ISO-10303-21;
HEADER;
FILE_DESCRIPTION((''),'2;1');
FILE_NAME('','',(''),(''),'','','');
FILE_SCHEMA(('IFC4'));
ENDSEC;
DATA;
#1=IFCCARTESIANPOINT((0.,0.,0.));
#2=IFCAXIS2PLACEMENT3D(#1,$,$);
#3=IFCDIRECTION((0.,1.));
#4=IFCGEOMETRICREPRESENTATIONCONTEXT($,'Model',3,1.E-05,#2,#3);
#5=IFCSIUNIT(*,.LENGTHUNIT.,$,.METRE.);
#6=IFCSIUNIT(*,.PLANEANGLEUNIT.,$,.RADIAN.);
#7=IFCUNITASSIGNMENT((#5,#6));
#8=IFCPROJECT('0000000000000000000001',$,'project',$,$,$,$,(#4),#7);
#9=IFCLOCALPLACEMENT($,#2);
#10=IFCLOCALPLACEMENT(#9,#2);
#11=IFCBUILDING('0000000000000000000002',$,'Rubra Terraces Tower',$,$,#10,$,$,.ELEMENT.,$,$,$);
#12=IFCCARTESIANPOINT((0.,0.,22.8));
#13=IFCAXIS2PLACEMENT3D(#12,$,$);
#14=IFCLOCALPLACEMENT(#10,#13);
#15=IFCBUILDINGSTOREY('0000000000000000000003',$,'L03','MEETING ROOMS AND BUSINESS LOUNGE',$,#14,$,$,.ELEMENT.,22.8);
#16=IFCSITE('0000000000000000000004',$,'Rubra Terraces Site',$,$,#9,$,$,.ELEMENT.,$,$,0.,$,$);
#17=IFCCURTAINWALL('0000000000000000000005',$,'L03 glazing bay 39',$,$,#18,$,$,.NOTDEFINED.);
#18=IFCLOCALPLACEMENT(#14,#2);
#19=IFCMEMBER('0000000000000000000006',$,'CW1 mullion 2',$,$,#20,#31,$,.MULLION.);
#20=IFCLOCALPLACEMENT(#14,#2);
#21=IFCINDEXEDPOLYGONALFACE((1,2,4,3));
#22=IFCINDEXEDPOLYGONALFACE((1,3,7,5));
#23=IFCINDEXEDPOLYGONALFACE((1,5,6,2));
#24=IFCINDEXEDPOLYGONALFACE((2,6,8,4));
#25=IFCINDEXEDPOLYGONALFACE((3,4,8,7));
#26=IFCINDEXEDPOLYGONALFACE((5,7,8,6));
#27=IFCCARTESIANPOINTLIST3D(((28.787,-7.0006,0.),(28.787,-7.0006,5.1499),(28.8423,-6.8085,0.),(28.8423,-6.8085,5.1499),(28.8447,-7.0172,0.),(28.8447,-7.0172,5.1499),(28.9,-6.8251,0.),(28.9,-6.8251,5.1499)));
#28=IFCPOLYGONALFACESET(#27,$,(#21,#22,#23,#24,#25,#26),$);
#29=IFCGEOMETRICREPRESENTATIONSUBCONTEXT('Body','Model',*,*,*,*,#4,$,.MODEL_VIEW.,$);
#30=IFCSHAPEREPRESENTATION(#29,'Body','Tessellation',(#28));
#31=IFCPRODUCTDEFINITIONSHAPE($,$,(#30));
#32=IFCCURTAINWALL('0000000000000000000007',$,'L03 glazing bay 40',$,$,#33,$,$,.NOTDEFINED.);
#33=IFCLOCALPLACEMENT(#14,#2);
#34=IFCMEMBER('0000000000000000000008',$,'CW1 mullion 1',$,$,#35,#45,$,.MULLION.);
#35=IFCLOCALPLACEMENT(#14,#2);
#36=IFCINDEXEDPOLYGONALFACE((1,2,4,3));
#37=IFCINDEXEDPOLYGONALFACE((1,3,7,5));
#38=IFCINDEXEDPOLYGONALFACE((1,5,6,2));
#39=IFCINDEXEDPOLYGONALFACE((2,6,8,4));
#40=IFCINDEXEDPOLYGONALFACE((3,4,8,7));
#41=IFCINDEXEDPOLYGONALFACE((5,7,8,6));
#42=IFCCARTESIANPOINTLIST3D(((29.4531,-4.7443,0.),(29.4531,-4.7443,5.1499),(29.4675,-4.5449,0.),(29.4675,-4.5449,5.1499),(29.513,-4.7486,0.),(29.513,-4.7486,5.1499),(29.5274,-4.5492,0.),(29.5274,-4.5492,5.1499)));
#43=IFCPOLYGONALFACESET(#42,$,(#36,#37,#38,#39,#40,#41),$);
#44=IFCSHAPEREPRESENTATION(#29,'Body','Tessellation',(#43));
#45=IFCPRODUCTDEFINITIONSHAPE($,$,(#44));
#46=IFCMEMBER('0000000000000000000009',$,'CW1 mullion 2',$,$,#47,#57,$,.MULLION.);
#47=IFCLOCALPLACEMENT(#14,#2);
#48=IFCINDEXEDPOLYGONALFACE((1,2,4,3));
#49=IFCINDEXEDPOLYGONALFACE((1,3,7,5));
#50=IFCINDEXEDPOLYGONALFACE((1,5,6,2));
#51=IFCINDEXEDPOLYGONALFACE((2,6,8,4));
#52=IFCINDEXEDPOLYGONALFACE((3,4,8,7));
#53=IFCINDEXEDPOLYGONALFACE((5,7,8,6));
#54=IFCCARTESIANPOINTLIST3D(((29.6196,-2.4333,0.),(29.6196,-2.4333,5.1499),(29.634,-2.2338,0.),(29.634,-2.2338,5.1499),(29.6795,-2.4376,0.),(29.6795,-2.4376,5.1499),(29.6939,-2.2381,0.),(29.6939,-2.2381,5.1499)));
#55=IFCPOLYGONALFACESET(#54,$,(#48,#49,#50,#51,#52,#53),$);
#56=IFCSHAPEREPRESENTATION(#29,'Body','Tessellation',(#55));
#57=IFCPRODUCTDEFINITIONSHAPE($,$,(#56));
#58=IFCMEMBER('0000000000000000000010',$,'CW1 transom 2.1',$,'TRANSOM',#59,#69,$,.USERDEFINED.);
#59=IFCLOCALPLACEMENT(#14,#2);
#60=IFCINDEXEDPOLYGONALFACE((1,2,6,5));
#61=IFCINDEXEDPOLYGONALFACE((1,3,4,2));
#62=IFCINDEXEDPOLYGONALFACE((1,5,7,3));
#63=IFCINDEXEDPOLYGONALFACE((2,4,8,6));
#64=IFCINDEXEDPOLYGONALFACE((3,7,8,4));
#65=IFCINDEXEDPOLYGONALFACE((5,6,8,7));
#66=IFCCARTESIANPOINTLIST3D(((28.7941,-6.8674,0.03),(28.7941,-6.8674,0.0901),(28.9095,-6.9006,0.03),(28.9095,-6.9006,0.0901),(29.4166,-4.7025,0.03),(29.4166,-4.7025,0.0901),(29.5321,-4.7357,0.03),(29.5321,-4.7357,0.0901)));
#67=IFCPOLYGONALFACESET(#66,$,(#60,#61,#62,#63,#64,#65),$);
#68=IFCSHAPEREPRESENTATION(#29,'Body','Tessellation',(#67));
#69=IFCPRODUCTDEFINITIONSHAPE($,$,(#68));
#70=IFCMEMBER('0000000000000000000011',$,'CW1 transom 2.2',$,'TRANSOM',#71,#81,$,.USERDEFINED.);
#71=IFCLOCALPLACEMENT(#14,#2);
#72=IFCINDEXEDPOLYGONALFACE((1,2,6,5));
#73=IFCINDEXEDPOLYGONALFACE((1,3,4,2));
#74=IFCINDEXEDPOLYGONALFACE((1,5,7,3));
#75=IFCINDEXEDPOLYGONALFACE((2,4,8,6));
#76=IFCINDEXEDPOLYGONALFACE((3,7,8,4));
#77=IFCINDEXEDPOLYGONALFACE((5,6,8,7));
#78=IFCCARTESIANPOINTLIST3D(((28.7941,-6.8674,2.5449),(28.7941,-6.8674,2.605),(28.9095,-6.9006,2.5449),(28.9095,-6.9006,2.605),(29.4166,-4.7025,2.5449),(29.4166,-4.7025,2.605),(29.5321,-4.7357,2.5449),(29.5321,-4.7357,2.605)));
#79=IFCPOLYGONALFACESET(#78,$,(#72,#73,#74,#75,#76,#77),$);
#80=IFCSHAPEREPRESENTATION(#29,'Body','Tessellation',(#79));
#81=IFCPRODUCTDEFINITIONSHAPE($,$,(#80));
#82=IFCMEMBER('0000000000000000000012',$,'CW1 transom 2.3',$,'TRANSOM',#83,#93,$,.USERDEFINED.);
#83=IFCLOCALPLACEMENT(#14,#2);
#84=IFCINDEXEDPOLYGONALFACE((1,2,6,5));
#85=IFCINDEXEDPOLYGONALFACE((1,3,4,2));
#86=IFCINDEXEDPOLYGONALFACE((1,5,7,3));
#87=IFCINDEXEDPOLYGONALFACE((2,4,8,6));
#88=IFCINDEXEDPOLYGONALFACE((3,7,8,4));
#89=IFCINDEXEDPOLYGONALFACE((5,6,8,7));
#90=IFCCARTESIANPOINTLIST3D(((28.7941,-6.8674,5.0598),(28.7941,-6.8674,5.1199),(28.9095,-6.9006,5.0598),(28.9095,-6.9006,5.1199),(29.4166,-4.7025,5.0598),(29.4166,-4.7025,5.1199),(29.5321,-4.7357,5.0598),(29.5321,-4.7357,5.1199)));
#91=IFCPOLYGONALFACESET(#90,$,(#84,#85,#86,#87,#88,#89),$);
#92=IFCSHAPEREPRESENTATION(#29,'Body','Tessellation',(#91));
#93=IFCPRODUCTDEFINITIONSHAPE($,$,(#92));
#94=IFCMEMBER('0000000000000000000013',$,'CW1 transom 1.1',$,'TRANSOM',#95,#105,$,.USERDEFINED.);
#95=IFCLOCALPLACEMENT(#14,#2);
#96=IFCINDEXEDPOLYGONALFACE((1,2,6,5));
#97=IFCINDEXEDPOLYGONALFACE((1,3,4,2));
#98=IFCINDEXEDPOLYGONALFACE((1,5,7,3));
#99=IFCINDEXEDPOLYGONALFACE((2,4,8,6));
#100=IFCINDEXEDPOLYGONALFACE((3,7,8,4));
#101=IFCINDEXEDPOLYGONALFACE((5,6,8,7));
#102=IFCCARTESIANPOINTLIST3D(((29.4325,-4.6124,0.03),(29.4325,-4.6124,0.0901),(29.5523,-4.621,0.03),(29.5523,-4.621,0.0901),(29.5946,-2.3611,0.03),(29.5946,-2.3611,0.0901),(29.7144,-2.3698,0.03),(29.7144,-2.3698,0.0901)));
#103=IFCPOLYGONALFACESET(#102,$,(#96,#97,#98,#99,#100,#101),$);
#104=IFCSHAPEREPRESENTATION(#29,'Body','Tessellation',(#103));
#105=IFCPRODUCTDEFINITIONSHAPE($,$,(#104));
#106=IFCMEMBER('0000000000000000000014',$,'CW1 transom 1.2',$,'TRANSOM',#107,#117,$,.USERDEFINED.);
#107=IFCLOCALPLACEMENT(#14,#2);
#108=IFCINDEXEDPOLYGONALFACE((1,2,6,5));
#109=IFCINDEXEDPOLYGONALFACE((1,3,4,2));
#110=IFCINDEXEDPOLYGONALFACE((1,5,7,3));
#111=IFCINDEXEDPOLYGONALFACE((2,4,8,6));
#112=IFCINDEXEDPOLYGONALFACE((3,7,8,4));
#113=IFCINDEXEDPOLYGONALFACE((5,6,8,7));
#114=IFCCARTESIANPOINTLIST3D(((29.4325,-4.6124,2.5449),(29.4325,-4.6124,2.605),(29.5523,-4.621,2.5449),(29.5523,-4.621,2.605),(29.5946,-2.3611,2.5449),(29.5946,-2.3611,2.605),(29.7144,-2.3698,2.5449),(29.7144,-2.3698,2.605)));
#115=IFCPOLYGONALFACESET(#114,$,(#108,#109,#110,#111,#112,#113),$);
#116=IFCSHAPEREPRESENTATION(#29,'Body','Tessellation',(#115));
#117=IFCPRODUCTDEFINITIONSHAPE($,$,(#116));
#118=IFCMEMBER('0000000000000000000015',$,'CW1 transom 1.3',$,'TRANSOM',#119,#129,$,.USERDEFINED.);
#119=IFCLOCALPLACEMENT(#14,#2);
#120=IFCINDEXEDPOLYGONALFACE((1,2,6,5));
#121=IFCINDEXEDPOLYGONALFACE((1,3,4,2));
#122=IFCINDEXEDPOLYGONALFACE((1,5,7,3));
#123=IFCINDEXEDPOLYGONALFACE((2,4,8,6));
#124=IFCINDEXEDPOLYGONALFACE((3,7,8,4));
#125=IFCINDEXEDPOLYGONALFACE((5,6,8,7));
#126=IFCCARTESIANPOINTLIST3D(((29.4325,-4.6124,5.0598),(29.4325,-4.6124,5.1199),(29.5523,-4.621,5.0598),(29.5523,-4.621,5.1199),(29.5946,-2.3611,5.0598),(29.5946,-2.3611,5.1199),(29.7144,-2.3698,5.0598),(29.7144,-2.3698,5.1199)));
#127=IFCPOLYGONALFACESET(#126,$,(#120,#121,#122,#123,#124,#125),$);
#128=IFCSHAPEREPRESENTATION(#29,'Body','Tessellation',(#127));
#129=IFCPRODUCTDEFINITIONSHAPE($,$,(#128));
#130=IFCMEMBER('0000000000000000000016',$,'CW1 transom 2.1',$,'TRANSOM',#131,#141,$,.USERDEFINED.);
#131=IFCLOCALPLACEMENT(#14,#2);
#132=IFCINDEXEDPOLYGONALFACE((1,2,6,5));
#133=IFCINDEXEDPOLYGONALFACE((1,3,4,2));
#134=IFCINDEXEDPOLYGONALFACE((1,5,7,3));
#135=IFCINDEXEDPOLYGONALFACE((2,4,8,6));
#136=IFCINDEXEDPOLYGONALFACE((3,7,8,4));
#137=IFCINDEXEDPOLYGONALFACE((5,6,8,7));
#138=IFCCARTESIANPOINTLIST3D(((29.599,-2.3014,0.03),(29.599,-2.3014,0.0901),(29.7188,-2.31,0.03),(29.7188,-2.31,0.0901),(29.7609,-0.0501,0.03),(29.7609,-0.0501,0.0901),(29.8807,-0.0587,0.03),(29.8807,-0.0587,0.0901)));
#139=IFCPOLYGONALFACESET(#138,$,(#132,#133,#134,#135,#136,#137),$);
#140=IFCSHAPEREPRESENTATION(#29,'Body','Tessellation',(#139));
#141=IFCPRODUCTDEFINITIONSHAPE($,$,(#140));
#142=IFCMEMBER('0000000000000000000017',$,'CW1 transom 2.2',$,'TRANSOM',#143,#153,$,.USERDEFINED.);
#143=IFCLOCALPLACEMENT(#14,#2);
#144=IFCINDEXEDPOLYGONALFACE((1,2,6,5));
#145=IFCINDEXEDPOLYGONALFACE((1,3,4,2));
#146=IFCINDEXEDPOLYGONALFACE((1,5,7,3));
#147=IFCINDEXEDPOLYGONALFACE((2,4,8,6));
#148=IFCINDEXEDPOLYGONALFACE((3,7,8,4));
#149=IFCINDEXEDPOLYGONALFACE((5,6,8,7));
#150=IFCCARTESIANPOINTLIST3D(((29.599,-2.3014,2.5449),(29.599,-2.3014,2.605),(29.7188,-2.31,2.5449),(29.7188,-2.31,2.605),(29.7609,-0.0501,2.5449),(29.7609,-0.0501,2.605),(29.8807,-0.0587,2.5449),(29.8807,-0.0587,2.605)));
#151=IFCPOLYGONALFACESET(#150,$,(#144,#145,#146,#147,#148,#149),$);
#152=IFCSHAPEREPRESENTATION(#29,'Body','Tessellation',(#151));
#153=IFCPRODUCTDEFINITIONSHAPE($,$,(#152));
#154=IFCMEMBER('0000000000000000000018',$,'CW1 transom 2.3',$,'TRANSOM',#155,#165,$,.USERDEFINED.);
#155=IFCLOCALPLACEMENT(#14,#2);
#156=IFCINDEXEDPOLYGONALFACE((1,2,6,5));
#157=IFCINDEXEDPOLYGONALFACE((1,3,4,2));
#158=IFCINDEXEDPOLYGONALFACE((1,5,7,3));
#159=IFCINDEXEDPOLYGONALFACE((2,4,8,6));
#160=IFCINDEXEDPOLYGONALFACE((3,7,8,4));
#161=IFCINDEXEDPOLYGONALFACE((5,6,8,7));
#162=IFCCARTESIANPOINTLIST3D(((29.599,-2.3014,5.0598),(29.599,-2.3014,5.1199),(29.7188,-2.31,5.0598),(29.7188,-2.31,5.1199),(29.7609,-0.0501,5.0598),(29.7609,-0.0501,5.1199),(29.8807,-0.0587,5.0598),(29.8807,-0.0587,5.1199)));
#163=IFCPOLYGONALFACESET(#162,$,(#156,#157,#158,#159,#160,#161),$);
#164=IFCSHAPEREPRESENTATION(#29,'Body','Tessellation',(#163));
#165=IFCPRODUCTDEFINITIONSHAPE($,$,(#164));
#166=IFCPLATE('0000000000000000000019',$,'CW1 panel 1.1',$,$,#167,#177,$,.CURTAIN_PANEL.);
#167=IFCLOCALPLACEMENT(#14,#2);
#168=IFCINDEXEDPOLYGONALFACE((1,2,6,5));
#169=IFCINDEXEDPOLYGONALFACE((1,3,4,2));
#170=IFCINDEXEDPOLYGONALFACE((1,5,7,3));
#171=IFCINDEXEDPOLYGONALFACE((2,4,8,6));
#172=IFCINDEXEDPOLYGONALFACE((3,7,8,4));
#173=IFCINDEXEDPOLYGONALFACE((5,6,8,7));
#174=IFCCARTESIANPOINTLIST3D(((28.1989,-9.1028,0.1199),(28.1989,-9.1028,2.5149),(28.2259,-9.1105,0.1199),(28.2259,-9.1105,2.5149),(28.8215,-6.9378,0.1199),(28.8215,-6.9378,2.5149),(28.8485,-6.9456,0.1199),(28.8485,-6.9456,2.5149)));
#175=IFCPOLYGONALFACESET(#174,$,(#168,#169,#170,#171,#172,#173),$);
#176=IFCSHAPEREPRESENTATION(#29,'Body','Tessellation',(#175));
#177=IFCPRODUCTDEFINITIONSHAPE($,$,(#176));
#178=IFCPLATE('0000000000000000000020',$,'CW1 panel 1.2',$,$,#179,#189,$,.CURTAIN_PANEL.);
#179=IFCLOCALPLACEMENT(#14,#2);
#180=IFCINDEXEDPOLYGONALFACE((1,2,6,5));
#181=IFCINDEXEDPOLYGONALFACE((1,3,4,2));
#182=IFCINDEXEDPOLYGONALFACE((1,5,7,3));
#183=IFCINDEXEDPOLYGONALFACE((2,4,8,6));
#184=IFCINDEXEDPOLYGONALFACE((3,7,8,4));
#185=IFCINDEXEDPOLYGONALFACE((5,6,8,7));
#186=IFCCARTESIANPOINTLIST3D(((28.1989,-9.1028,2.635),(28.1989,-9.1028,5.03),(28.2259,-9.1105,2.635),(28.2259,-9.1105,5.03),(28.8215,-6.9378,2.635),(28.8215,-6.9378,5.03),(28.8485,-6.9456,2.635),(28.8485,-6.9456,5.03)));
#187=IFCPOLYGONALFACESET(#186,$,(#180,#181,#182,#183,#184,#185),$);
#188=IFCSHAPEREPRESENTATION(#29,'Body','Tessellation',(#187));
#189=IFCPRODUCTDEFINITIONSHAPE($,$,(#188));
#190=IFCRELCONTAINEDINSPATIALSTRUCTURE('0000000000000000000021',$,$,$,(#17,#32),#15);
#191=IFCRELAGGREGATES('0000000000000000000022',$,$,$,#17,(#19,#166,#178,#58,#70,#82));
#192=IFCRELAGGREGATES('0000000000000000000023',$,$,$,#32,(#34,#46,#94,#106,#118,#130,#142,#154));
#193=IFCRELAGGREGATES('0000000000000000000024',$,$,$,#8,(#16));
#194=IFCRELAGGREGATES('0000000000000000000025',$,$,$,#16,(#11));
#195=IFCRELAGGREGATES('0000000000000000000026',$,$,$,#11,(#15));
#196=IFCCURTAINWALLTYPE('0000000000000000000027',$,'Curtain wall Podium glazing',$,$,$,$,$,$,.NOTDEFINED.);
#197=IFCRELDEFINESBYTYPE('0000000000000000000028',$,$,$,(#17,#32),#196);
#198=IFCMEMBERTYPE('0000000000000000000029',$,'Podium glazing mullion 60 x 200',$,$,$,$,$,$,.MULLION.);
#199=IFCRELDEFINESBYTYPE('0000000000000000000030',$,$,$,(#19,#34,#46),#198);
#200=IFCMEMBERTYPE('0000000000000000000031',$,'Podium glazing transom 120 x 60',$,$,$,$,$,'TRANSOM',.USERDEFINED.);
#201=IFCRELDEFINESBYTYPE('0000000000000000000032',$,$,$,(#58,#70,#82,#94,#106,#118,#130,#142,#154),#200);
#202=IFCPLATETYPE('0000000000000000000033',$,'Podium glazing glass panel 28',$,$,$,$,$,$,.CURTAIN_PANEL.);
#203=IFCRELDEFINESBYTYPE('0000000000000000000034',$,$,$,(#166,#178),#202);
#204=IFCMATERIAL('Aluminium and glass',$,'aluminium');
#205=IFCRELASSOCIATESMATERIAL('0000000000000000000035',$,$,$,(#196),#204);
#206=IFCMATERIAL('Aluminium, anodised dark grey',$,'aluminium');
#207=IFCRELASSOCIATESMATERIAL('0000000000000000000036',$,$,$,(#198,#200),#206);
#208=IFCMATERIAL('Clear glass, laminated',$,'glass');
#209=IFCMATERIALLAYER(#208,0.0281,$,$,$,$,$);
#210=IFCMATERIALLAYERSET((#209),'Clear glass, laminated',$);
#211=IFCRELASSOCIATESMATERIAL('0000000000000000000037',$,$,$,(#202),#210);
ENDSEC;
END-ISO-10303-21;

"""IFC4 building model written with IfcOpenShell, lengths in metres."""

from ifc_helpers import new_model, si_unit, direction, frame, origin, origin_2d, place, context, subcontext, project, spatial, rectangle, extrude, material, layer, layer_set, material_profile, profile_set, type_object, element, aggregate, save


model = new_model("IFC4")

# Units and contexts
model_context = context("Model", 3, precision=1e-05, world=origin(), true_north=direction((0.0, 1.0)))
body_context = subcontext(model_context, "Body", "Model", "MODEL_VIEW")
ifc_project = project(units=[si_unit("LENGTHUNIT", "METRE"), si_unit("PLANEANGLEUNIT", "RADIAN")], contexts=[model_context])

# Site, building, storey
site_placement = place(None, origin())
site = spatial("IfcSite", under=ifc_project, at=site_placement, Name="Rubra Terraces Site", CompositionType="ELEMENT", RefElevation=0.0)
building_placement = place(site_placement, origin())
building = spatial("IfcBuilding", under=site, at=building_placement, Name="Rubra Terraces Tower", CompositionType="ELEMENT")
storey_placement = place(building_placement, frame((0.0, 0.0, 22.8)))
storey = spatial("IfcBuildingStorey", under=building, at=storey_placement, Name="L03", Description="MEETING ROOMS AND BUSINESS LOUNGE", CompositionType="ELEMENT", Elevation=22.8)

# Curtain wall, member
ifc_material_1 = material(Name="Aluminium and glass", Category="aluminium")
curtain_wall_type = type_object("IfcCurtainWallType", Name="Curtain wall Podium glazing", PredefinedType="NOTDEFINED", material=ifc_material_1)
curtain_wall_1_placement = place(storey_placement, origin())
curtain_wall_1 = element("IfcCurtainWall", 1, at=curtain_wall_1_placement, inside=storey, type_object=curtain_wall_type, Name="L03 glazing bay 39", PredefinedType="NOTDEFINED")
ifc_material_2 = material(Name="Aluminium, anodised dark grey", Category="aluminium")
ifc_material_profile_1 = material_profile(ifc_material_2, rectangle(XDim=0.0601, YDim=0.2, at=origin_2d()), Name="AL 60x200")
ifc_profile_set_1 = profile_set([ifc_material_profile_1], Name="Aluminium, anodised dark grey")
member_type_1 = type_object("IfcMemberType", Name="Podium glazing mullion 60 x 200", PredefinedType="MULLION", material=ifc_profile_set_1)
member_1_placement = place(storey_placement, frame((28.8435, -6.9128, 0.0), z_axis=(0.0, 0.0, 1.0), x_axis=(-0.961047, 0.276384, 0.0)))
member_1 = element("IfcMember", 2, at=member_1_placement, type_object=member_type_1, Name="CW1 mullion 2", PredefinedType="MULLION", context=body_context, shape_type="SweptSolid", body=[
    extrude(rectangle(XDim=0.0601, YDim=0.2, at=origin_2d()), origin(), (0.0, 0.0, 1.0), 5.1499),
])

# Curtain wall, members
curtain_wall_2_placement = place(storey_placement, origin())
curtain_wall_2 = element("IfcCurtainWall", 3, at=curtain_wall_2_placement, inside=storey, type_object=curtain_wall_type, Name="L03 glazing bay 40", PredefinedType="NOTDEFINED")
member_2_placement = place(storey_placement, frame((29.4902, -4.6467, 0.0), z_axis=(0.0, 0.0, 1.0), x_axis=(-0.99742, 0.071792, 0.0)))
member_2 = element("IfcMember", 4, at=member_2_placement, type_object=member_type_1, Name="CW1 mullion 1", PredefinedType="MULLION", context=body_context, shape_type="SweptSolid", body=[
    extrude(rectangle(XDim=0.0601, YDim=0.2, at=origin_2d()), origin(), (0.0, 0.0, 1.0), 5.1499),
])
member_3_placement = place(storey_placement, frame((29.6567, -2.3357, 0.0), z_axis=(0.0, 0.0, 1.0), x_axis=(-0.99742, 0.071792, 0.0)))
member_3 = element("IfcMember", 5, at=member_3_placement, type_object=member_type_1, Name="CW1 mullion 2", PredefinedType="MULLION", context=body_context, shape_type="SweptSolid", body=[
    extrude(rectangle(XDim=0.0601, YDim=0.2, at=origin_2d()), origin(), (0.0, 0.0, 1.0), 5.1499),
])

# Members
ifc_material_profile_2 = material_profile(ifc_material_2, rectangle(XDim=0.1201, YDim=0.0601, at=origin_2d()), Name="AL 120x60")
ifc_profile_set_2 = profile_set([ifc_material_profile_2], Name="Aluminium, anodised dark grey")
member_type_2 = type_object("IfcMemberType", Name="Podium glazing transom 120 x 60", ElementType="TRANSOM", PredefinedType="USERDEFINED", material=ifc_profile_set_2)
member_4_placement = place(storey_placement, frame((28.8518, -6.884, 0.0601), z_axis=(0.276352, 0.961056, 0.0), x_axis=(-0.961056, 0.276352, 0.0)))
member_4 = element("IfcMember", 6, at=member_4_placement, type_object=member_type_2, Name="CW1 transom 2.1", ObjectType="TRANSOM", PredefinedType="USERDEFINED", context=body_context, shape_type="SweptSolid", body=[
    extrude(rectangle(XDim=0.1201, YDim=0.0601, at=origin_2d()), origin(), (0.0, 0.0, 1.0), 2.2527),
])
member_5_placement = place(storey_placement, frame((28.8518, -6.884, 2.575), z_axis=(0.276352, 0.961056, 0.0), x_axis=(-0.961056, 0.276352, 0.0)))
member_5 = element("IfcMember", 7, at=member_5_placement, type_object=member_type_2, Name="CW1 transom 2.2", ObjectType="TRANSOM", PredefinedType="USERDEFINED", context=body_context, shape_type="SweptSolid", body=[
    extrude(rectangle(XDim=0.1201, YDim=0.0601, at=origin_2d()), origin(), (0.0, 0.0, 1.0), 2.2527),
])
member_6_placement = place(storey_placement, frame((28.8518, -6.884, 5.0898), z_axis=(0.276352, 0.961056, 0.0), x_axis=(-0.961056, 0.276352, 0.0)))
member_6 = element("IfcMember", 8, at=member_6_placement, type_object=member_type_2, Name="CW1 transom 2.3", ObjectType="TRANSOM", PredefinedType="USERDEFINED", context=body_context, shape_type="SweptSolid", body=[
    extrude(rectangle(XDim=0.1201, YDim=0.0601, at=origin_2d()), origin(), (0.0, 0.0, 1.0), 2.2527),
])
member_7_placement = place(storey_placement, frame((29.4924, -4.6167, 0.0601), z_axis=(0.071824, 0.997417, 0.0), x_axis=(-0.997417, 0.071824, 0.0)))
member_7 = element("IfcMember", 9, at=member_7_placement, type_object=member_type_2, Name="CW1 transom 1.1", ObjectType="TRANSOM", PredefinedType="USERDEFINED", context=body_context, shape_type="SweptSolid", body=[
    extrude(rectangle(XDim=0.1201, YDim=0.0601, at=origin_2d()), origin(), (0.0, 0.0, 1.0), 2.2571),
])
member_8_placement = place(storey_placement, frame((29.4924, -4.6167, 2.575), z_axis=(0.071824, 0.997417, 0.0), x_axis=(-0.997417, 0.071824, 0.0)))
member_8 = element("IfcMember", 10, at=member_8_placement, type_object=member_type_2, Name="CW1 transom 1.2", ObjectType="TRANSOM", PredefinedType="USERDEFINED", context=body_context, shape_type="SweptSolid", body=[
    extrude(rectangle(XDim=0.1201, YDim=0.0601, at=origin_2d()), origin(), (0.0, 0.0, 1.0), 2.2571),
])
member_9_placement = place(storey_placement, frame((29.4924, -4.6167, 5.0898), z_axis=(0.071824, 0.997417, 0.0), x_axis=(-0.997417, 0.071824, 0.0)))
member_9 = element("IfcMember", 11, at=member_9_placement, type_object=member_type_2, Name="CW1 transom 1.3", ObjectType="TRANSOM", PredefinedType="USERDEFINED", context=body_context, shape_type="SweptSolid", body=[
    extrude(rectangle(XDim=0.1201, YDim=0.0601, at=origin_2d()), origin(), (0.0, 0.0, 1.0), 2.2571),
])
member_10_placement = place(storey_placement, frame((29.6589, -2.3057, 0.0601), z_axis=(0.071716, 0.997425, 0.0), x_axis=(-0.997425, 0.071716, 0.0)))
member_10 = element("IfcMember", 12, at=member_10_placement, type_object=member_type_2, Name="CW1 transom 2.1", ObjectType="TRANSOM", PredefinedType="USERDEFINED", context=body_context, shape_type="SweptSolid", body=[
    extrude(rectangle(XDim=0.1201, YDim=0.0601, at=origin_2d()), origin(), (0.0, 0.0, 1.0), 2.2571),
])
member_11_placement = place(storey_placement, frame((29.6589, -2.3057, 2.575), z_axis=(0.071716, 0.997425, 0.0), x_axis=(-0.997425, 0.071716, 0.0)))
member_11 = element("IfcMember", 13, at=member_11_placement, type_object=member_type_2, Name="CW1 transom 2.2", ObjectType="TRANSOM", PredefinedType="USERDEFINED", context=body_context, shape_type="SweptSolid", body=[
    extrude(rectangle(XDim=0.1201, YDim=0.0601, at=origin_2d()), origin(), (0.0, 0.0, 1.0), 2.2571),
])
member_12_placement = place(storey_placement, frame((29.6589, -2.3057, 5.0898), z_axis=(0.071716, 0.997425, 0.0), x_axis=(-0.997425, 0.071716, 0.0)))
member_12 = element("IfcMember", 14, at=member_12_placement, type_object=member_type_2, Name="CW1 transom 2.3", ObjectType="TRANSOM", PredefinedType="USERDEFINED", context=body_context, shape_type="SweptSolid", body=[
    extrude(rectangle(XDim=0.1201, YDim=0.0601, at=origin_2d()), origin(), (0.0, 0.0, 1.0), 2.2571),
])

# Plates
ifc_material_3 = material(Name="Clear glass, laminated", Category="glass")
ifc_layer = layer(ifc_material_3, 0.0281)
ifc_layer_set = layer_set([ifc_layer], Name="Clear glass, laminated")
plate_type = type_object("IfcPlateType", Name="Podium glazing glass panel 28", PredefinedType="CURTAIN_PANEL", material=ifc_layer_set)
plate_1_placement = place(storey_placement, frame((28.5237, -8.0242, 0.1199), z_axis=(0.0, 0.0, 1.0), x_axis=(0.276384, 0.961047, 0.0)))
plate_1 = element("IfcPlate", 15, at=plate_1_placement, type_object=plate_type, Name="CW1 panel 1.1", PredefinedType="CURTAIN_PANEL", context=body_context, shape_type="SweptSolid", body=[
    extrude(rectangle(XDim=2.2527, YDim=0.0281, at=origin_2d()), origin(), (0.0, 0.0, 1.0), 2.395),
])
plate_2_placement = place(storey_placement, frame((28.5237, -8.0242, 2.635), z_axis=(0.0, 0.0, 1.0), x_axis=(0.276384, 0.961047, 0.0)))
plate_2 = element("IfcPlate", 16, at=plate_2_placement, type_object=plate_type, Name="CW1 panel 1.2", PredefinedType="CURTAIN_PANEL", context=body_context, shape_type="SweptSolid", body=[
    extrude(rectangle(XDim=2.2527, YDim=0.0281, at=origin_2d()), origin(), (0.0, 0.0, 1.0), 2.395),
])
aggregate(curtain_wall_1, [member_1, plate_1, plate_2, member_4, member_5, member_6])
aggregate(curtain_wall_2, [member_2, member_3, member_7, member_8, member_9, member_10, member_11, member_12])

save(model, "model.ifc")
